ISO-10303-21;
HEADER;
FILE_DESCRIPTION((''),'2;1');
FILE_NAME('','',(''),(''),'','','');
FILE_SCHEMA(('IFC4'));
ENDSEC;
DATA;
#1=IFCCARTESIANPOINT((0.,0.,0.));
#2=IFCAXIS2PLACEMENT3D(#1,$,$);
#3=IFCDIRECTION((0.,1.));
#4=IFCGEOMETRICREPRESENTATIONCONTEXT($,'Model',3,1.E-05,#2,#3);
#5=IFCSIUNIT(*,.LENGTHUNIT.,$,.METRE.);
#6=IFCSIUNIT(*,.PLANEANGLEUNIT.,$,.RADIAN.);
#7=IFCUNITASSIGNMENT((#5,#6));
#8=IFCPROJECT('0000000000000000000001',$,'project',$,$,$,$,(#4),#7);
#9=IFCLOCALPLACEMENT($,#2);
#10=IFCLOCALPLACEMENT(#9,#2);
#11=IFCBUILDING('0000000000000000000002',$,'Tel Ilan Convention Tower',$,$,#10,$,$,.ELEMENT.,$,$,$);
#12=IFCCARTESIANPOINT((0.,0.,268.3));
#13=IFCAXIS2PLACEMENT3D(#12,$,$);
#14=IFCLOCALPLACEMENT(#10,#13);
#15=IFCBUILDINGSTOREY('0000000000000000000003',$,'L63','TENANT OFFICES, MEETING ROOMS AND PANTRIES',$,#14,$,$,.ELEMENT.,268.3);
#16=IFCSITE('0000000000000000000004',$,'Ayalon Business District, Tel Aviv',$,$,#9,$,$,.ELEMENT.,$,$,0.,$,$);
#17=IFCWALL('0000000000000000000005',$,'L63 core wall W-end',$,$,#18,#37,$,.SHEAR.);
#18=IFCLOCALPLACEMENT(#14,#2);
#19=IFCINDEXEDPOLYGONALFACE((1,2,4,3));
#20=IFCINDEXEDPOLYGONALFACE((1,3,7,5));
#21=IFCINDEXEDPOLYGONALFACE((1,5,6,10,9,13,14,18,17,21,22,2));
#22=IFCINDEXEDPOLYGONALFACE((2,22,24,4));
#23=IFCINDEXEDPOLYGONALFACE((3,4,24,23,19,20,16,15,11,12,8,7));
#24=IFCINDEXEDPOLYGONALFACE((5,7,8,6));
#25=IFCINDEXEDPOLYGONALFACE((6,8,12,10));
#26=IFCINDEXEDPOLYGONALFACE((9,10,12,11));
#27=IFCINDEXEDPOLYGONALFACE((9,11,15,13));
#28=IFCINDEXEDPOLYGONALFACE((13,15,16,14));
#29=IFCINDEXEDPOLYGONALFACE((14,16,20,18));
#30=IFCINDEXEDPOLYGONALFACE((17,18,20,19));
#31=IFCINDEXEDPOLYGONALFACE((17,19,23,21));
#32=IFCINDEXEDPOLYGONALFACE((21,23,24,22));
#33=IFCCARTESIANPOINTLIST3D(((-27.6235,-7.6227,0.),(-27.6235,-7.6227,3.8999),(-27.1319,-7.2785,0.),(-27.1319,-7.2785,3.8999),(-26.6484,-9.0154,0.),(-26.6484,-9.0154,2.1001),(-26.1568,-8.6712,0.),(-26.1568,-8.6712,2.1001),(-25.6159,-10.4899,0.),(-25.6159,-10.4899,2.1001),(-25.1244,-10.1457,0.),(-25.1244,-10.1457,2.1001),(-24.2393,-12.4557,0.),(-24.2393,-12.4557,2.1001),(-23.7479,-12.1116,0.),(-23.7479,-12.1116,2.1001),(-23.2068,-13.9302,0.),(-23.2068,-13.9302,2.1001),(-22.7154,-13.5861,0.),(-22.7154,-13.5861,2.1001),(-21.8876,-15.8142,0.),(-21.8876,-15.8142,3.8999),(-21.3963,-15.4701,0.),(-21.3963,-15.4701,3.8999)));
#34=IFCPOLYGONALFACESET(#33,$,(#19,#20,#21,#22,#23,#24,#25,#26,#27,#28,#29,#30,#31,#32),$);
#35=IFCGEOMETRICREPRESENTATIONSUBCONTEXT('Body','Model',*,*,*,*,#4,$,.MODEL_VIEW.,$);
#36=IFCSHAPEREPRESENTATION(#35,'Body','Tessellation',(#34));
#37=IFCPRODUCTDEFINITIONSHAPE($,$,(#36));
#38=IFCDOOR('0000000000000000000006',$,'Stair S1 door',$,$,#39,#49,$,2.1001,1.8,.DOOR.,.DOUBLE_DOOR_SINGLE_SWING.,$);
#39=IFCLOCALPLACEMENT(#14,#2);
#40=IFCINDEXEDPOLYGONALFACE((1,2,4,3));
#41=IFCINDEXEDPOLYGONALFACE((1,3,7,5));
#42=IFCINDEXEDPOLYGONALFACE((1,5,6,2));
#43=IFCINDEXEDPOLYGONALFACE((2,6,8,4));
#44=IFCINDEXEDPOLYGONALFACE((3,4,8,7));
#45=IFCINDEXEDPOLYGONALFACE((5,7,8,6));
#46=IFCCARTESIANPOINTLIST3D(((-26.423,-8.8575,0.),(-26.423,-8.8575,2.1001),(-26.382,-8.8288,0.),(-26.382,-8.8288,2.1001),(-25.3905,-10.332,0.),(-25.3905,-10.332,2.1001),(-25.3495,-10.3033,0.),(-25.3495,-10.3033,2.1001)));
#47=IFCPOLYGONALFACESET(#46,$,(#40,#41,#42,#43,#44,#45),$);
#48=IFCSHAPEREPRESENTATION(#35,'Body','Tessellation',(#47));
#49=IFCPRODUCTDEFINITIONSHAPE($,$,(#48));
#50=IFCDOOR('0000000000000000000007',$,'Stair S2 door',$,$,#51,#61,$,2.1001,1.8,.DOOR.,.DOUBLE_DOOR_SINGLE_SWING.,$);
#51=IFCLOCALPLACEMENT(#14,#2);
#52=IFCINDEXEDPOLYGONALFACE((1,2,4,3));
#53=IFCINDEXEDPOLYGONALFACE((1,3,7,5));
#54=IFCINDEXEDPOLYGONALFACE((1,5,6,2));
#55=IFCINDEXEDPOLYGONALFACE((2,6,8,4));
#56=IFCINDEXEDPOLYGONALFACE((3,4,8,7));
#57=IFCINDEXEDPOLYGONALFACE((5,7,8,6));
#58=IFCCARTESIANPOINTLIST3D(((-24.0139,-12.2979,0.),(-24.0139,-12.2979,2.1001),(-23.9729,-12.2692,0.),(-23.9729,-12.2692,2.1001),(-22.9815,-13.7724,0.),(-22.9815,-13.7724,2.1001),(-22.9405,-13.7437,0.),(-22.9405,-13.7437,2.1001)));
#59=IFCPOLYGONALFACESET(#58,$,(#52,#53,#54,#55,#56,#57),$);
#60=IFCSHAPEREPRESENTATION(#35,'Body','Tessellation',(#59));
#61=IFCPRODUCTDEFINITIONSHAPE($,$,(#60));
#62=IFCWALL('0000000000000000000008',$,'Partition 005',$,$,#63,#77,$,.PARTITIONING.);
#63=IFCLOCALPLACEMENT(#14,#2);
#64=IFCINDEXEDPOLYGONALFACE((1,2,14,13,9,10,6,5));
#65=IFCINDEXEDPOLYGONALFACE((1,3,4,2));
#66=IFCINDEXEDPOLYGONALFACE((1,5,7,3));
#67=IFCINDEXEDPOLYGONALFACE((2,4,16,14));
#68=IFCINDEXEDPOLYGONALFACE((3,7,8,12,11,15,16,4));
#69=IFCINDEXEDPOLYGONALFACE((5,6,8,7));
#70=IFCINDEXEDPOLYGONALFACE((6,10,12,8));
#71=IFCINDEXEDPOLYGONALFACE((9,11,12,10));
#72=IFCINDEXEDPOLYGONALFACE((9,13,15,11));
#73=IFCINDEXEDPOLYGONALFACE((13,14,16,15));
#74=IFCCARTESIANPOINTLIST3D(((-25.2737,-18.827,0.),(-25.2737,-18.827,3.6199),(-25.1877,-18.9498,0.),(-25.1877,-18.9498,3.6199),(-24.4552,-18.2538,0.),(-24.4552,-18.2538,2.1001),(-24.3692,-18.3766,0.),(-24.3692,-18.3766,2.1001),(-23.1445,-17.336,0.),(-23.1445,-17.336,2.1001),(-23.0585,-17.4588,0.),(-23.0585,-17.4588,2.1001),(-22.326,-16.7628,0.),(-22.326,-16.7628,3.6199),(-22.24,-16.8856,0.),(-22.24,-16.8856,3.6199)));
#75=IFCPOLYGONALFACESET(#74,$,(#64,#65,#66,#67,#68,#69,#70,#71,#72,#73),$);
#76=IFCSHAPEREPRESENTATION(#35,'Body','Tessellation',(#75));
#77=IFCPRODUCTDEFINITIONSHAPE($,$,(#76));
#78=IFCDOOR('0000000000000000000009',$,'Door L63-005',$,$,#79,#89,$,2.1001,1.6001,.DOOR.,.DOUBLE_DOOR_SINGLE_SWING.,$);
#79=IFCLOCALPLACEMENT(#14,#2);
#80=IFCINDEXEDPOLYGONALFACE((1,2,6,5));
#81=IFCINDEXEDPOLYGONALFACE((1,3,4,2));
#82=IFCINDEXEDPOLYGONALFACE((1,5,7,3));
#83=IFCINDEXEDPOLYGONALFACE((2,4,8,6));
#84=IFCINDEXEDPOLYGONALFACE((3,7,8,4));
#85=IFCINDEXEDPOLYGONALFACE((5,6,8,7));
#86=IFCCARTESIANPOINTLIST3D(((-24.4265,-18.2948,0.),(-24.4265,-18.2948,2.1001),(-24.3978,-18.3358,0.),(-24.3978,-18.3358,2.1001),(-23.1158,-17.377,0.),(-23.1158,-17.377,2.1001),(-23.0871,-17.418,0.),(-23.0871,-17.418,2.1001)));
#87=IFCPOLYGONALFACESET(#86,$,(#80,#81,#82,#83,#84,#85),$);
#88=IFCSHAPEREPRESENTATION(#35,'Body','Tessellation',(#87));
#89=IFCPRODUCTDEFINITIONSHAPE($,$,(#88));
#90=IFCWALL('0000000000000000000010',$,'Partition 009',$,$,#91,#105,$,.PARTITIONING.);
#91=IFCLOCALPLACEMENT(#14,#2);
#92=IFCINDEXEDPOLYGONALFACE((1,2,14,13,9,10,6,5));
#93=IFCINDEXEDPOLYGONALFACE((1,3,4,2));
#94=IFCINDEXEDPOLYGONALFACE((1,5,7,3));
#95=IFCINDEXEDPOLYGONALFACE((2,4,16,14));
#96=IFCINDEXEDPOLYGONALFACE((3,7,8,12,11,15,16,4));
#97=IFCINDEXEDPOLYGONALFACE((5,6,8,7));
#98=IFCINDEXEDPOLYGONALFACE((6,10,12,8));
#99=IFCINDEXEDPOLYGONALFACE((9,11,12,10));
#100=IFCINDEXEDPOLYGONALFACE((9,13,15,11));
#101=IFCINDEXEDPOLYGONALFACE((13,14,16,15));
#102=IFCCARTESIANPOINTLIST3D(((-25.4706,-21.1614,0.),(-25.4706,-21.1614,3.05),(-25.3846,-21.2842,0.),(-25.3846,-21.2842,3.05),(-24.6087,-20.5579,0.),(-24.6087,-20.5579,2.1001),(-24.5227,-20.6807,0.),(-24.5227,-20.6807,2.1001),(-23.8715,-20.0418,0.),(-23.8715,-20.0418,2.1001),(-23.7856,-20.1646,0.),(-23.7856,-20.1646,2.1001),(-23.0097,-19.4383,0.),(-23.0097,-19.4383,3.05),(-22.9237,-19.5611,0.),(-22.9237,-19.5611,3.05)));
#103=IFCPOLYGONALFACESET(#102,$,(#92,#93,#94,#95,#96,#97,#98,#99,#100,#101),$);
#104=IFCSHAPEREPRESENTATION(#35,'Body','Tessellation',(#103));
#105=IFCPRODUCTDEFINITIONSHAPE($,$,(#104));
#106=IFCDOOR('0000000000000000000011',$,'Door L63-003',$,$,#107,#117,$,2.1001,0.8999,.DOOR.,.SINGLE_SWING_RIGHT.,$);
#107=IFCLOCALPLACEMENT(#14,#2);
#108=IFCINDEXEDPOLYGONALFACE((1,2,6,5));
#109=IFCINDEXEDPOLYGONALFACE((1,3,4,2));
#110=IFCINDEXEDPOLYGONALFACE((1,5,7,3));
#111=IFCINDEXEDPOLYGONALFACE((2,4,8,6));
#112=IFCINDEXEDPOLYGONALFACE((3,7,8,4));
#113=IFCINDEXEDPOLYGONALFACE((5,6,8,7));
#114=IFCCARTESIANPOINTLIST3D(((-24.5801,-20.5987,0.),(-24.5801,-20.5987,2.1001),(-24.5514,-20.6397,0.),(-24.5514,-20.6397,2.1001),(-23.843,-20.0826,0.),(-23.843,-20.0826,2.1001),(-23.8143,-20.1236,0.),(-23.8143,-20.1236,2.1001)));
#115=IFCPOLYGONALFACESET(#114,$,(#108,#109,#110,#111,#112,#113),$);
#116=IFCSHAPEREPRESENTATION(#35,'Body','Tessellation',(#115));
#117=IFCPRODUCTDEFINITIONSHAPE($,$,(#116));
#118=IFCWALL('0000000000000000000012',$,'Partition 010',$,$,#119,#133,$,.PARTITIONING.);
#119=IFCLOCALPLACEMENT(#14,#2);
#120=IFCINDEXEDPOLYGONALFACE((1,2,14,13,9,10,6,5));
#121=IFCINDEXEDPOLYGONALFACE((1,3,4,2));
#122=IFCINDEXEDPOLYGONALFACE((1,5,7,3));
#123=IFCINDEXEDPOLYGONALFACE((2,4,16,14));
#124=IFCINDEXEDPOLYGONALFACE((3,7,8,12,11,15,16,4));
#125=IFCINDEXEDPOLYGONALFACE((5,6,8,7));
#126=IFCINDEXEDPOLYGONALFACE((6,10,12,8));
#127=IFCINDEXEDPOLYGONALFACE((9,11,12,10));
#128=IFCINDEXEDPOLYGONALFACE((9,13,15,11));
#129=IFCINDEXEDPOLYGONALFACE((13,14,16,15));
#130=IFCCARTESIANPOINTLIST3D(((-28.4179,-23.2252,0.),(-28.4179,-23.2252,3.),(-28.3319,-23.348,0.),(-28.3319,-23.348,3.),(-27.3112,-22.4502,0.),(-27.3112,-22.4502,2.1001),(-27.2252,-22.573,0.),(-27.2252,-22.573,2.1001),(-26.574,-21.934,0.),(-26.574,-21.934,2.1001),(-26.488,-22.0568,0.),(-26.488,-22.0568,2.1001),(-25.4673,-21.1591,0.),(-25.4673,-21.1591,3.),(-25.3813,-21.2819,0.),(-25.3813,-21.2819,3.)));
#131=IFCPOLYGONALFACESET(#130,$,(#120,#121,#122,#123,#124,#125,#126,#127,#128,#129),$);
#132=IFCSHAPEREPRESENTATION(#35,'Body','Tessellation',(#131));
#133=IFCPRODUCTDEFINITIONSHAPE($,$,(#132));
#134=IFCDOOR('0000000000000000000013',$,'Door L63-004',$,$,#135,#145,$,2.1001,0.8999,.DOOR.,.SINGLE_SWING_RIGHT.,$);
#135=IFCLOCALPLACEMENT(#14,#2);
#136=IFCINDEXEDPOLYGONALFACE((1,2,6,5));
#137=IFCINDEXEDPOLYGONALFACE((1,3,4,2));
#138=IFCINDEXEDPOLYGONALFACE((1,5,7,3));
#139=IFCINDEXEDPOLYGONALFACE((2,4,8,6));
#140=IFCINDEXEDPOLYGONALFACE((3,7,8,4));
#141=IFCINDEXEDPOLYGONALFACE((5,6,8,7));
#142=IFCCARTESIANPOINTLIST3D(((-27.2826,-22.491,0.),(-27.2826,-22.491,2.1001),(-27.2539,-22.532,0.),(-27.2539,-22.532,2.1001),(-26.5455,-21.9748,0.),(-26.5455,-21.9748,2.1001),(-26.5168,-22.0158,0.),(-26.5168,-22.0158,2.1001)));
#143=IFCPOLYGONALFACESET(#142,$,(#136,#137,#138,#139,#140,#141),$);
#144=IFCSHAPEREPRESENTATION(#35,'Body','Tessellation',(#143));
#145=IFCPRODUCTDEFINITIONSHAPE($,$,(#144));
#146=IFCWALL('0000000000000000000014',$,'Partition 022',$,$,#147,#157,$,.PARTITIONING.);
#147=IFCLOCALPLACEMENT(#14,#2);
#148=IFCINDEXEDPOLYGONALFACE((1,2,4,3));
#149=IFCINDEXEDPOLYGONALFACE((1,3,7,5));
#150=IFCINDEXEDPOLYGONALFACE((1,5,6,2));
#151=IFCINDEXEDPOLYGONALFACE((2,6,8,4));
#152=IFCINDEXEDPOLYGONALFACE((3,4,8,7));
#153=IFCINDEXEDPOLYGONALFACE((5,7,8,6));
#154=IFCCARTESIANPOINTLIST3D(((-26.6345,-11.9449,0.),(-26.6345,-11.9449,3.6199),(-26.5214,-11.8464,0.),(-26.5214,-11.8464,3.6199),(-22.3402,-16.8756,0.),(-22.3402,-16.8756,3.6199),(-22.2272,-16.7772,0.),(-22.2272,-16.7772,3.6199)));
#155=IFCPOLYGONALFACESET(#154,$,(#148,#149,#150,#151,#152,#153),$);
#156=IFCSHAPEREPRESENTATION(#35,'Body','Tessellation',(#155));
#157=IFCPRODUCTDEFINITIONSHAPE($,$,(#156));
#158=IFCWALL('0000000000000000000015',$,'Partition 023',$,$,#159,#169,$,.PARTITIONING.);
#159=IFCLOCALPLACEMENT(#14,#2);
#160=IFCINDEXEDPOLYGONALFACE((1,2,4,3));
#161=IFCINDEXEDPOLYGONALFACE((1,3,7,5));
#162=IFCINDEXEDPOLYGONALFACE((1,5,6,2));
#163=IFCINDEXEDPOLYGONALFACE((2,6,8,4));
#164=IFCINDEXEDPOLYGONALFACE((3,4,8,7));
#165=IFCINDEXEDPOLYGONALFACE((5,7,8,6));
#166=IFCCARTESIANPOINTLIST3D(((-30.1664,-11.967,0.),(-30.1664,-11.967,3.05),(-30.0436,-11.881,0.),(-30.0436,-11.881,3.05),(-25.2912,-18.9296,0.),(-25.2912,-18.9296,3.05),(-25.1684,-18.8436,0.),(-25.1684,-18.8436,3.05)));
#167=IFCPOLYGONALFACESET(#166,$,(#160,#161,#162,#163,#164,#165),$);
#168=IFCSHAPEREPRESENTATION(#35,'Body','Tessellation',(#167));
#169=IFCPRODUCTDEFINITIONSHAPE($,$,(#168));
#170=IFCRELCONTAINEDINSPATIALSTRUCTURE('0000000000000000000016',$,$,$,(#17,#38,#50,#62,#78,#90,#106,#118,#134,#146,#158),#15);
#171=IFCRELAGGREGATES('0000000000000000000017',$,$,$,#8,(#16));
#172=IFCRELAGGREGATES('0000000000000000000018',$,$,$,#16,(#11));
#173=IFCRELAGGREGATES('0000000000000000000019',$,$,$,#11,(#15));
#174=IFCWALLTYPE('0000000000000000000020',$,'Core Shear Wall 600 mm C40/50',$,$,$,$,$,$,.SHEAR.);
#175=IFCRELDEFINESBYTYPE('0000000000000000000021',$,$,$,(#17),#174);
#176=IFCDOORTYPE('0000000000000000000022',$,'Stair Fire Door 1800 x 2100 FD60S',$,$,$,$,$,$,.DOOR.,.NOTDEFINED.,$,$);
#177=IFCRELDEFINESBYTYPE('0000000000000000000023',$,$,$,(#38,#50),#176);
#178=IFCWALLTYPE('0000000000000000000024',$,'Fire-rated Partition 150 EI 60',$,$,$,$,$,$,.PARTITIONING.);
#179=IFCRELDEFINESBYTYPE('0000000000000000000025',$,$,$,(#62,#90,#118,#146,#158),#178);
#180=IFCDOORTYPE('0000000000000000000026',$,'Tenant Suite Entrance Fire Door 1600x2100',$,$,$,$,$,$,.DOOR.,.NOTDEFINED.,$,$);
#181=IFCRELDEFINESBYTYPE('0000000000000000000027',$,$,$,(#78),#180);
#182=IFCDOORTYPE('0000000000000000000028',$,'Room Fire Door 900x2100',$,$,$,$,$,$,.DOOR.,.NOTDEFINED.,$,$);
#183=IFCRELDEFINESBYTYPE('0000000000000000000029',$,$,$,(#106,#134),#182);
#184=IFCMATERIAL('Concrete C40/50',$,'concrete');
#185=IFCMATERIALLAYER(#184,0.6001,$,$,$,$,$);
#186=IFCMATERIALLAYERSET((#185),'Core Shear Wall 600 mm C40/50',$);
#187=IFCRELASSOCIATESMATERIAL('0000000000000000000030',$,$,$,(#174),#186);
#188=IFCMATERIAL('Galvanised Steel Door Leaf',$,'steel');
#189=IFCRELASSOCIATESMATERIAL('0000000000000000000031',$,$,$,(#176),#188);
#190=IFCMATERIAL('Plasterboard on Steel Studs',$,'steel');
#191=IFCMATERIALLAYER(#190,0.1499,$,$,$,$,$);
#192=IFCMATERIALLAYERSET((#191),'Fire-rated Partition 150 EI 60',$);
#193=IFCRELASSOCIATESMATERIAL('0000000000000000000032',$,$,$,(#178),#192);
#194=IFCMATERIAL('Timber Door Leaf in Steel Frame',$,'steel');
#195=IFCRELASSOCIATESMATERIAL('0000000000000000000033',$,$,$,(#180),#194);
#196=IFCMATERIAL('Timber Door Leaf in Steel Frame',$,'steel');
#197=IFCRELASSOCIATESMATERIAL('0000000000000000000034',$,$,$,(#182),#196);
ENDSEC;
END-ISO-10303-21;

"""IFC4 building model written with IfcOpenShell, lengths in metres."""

from ifc_helpers import new_model, si_unit, direction, frame, frame_2d, origin, place, context, subcontext, project, spatial, polyline, rectangle, outline, extrude, material, layer, layer_set, type_object, element, fill, save


model = new_model("IFC4")

# Units and contexts
model_context = context("Model", 3, precision=1e-05, world=origin(), true_north=direction((0.0, 1.0)))
body_context = subcontext(model_context, "Body", "Model", "MODEL_VIEW")
ifc_project = project(units=[si_unit("LENGTHUNIT", "METRE"), si_unit("PLANEANGLEUNIT", "RADIAN")], contexts=[model_context])

# Site, building, storey
site_placement = place(None, origin())
site = spatial("IfcSite", under=ifc_project, at=site_placement, Name="Ayalon Business District, Tel Aviv", CompositionType="ELEMENT", RefElevation=0.0)
building_placement = place(site_placement, origin())
building = spatial("IfcBuilding", under=site, at=building_placement, Name="Tel Ilan Convention Tower", CompositionType="ELEMENT")
storey_placement = place(building_placement, frame((0.0, 0.0, 268.3)))
storey = spatial("IfcBuildingStorey", under=building, at=storey_placement, Name="L63", Description="TENANT OFFICES, MEETING ROOMS AND PANTRIES", CompositionType="ELEMENT", Elevation=268.3)

# Wall, openings, doors
ifc_material_1 = material(Name="Concrete C40/50", Category="concrete")
ifc_layer_1 = layer(ifc_material_1, 0.6001)
ifc_layer_set_1 = layer_set([ifc_layer_1], Name="Core Shear Wall 600 mm C40/50")
wall_type_1 = type_object("IfcWallType", Name="Core Shear Wall 600 mm C40/50", PredefinedType="SHEAR", material=ifc_layer_set_1)
wall_1_placement = place(storey_placement, frame((-21.6418, -15.6421, 0.0), z_axis=(0.0, 0.0, 1.0), x_axis=(-0.573587, 0.819145, 0.0)))
wall_1 = element("IfcWall", 1, at=wall_1_placement, inside=storey, type_object=wall_type_1, Name="L63 core wall W-end", PredefinedType="SHEAR", context=body_context, shape_type="SweptSolid", body=[
    extrude(outline(polyline([(0.0, 0.3), (0.0, -0.2998), (10.0, -0.3), (10.0, 0.3), (0.0, 0.3)])), origin(), (0.0, 0.0, 1.0), 3.8999),
])
opening_1_placement = place(wall_1_placement, frame((6.5, 0.0, 0.0)))
opening_1 = element("IfcOpeningElement", 2, at=opening_1_placement, cuts=wall_1, PredefinedType="OPENING", context=body_context, shape_type="SweptSolid", body=[
    extrude(rectangle(XDim=1.8, YDim=2.1001, at=frame_2d((0.8999, 1.05))), frame((0.0, 0.3101, 0.0), z_axis=(0.0, -1.0, 0.0), x_axis=(1.0, 0.0, 0.0)), (0.0, 0.0, 1.0), 0.6201),
])
opening_2_placement = place(wall_1_placement, frame((2.3, 0.0, 0.0)))
opening_2 = element("IfcOpeningElement", 3, at=opening_2_placement, cuts=wall_1, PredefinedType="OPENING", context=body_context, shape_type="SweptSolid", body=[
    extrude(rectangle(XDim=1.8, YDim=2.1001, at=frame_2d((0.8999, 1.05))), frame((0.0, 0.3101, 0.0), z_axis=(0.0, -1.0, 0.0), x_axis=(1.0, 0.0, 0.0)), (0.0, 0.0, 1.0), 0.6201),
])
ifc_material_2 = material(Name="Galvanised Steel Door Leaf", Category="steel")
door_type_1 = type_object("IfcDoorType", Name="Stair Fire Door 1800 x 2100 FD60S", OperationType="NOTDEFINED", PredefinedType="DOOR", material=ifc_material_2)
door_1_placement = place(opening_1_placement, origin())
door_1 = element("IfcDoor", 4, at=door_1_placement, inside=storey, type_object=door_type_1, Name="Stair S1 door", OperationType="DOUBLE_DOOR_SINGLE_SWING", OverallHeight=2.1001, OverallWidth=1.8, PredefinedType="DOOR", context=body_context, shape_type="SweptSolid", body=[
    extrude(rectangle(XDim=1.8, YDim=2.1001, at=frame_2d((0.8999, 1.05))), frame((0.0, 0.0249, 0.0), z_axis=(0.0, -1.0, 0.0), x_axis=(1.0, 0.0, 0.0)), (0.0, 0.0, 1.0), 0.05),
])
fill(opening_1, door_1)
door_2_placement = place(opening_2_placement, origin())
door_2 = element("IfcDoor", 5, at=door_2_placement, inside=storey, type_object=door_type_1, Name="Stair S2 door", OperationType="DOUBLE_DOOR_SINGLE_SWING", OverallHeight=2.1001, OverallWidth=1.8, PredefinedType="DOOR", context=body_context, shape_type="SweptSolid", body=[
    extrude(rectangle(XDim=1.8, YDim=2.1001, at=frame_2d((0.8999, 1.05))), frame((0.0, 0.0249, 0.0), z_axis=(0.0, -1.0, 0.0), x_axis=(1.0, 0.0, 0.0)), (0.0, 0.0, 1.0), 0.05),
])
fill(opening_2, door_2)

# Walls, openings, doors
ifc_material_3 = material(Name="Plasterboard on Steel Studs", Category="steel")
ifc_layer_2 = layer(ifc_material_3, 0.1499)
ifc_layer_set_2 = layer_set([ifc_layer_2], Name="Fire-rated Partition 150 EI 60")
wall_type_2 = type_object("IfcWallType", Name="Fire-rated Partition 150 EI 60", PredefinedType="PARTITIONING", material=ifc_layer_set_2)
wall_2_placement = place(storey_placement, frame((-25.2307, -18.8884, 0.0), z_axis=(0.0, 0.0, 1.0), x_axis=(0.81913, 0.573608, 0.0)))
wall_2 = element("IfcWall", 6, at=wall_2_placement, inside=storey, type_object=wall_type_2, Name="Partition 005", PredefinedType="PARTITIONING", context=body_context, shape_type="SweptSolid", body=[
    extrude(rectangle(XDim=3.5986, YDim=0.1499, at=frame_2d((1.7993, 0.0))), origin(), (0.0, 0.0, 1.0), 3.6199),
])
opening_3_placement = place(wall_2_placement, frame((0.9993, 0.0, 0.0)))
opening_3 = element("IfcOpeningElement", 7, at=opening_3_placement, cuts=wall_2, PredefinedType="OPENING", context=body_context, shape_type="SweptSolid", body=[
    extrude(rectangle(XDim=1.6001, YDim=2.1001, at=frame_2d((0.8, 1.05))), frame((0.0, 0.085, 0.0), z_axis=(0.0, -1.0, 0.0), x_axis=(1.0, 0.0, 0.0)), (0.0, 0.0, 1.0), 0.1699),
])
ifc_material_4 = material(Name="Timber Door Leaf in Steel Frame", Category="steel")
door_type_2 = type_object("IfcDoorType", Name="Tenant Suite Entrance Fire Door 1600x2100", OperationType="NOTDEFINED", PredefinedType="DOOR", material=ifc_material_4)
door_3_placement = place(opening_3_placement, origin())
door_3 = element("IfcDoor", 8, at=door_3_placement, inside=storey, type_object=door_type_2, Name="Door L63-005", OperationType="DOUBLE_DOOR_SINGLE_SWING", OverallHeight=2.1001, OverallWidth=1.6001, PredefinedType="DOOR", context=body_context, shape_type="SweptSolid", body=[
    extrude(rectangle(XDim=1.6001, YDim=2.1001, at=frame_2d((0.8, 1.05))), frame((0.0, 0.0249, 0.0), z_axis=(0.0, -1.0, 0.0), x_axis=(1.0, 0.0, 0.0)), (0.0, 0.0, 1.0), 0.05),
])
fill(opening_3, door_3)
wall_3_placement = place(storey_placement, frame((-22.9668, -19.4998, 0.0), z_axis=(0.0, 0.0, 1.0), x_axis=(-0.819156, -0.573571, 0.0)))
wall_3 = element("IfcWall", 9, at=wall_3_placement, inside=storey, type_object=wall_type_2, Name="Partition 009", PredefinedType="PARTITIONING", context=body_context, shape_type="SweptSolid", body=[
    extrude(rectangle(XDim=3.0042, YDim=0.1499, at=frame_2d((1.502, 0.0))), origin(), (0.0, 0.0, 1.0), 3.05),
])
opening_4_placement = place(wall_3_placement, frame((1.052, 0.0, 0.0)))
opening_4 = element("IfcOpeningElement", 10, at=opening_4_placement, cuts=wall_3, PredefinedType="OPENING", context=body_context, shape_type="SweptSolid", body=[
    extrude(rectangle(XDim=0.8999, YDim=2.1001, at=frame_2d((0.45, 1.05))), frame((0.0, 0.085, 0.0), z_axis=(0.0, -1.0, 0.0), x_axis=(1.0, 0.0, 0.0)), (0.0, 0.0, 1.0), 0.1699),
])
ifc_material_5 = material(Name="Timber Door Leaf in Steel Frame", Category="steel")
door_type_3 = type_object("IfcDoorType", Name="Room Fire Door 900x2100", OperationType="NOTDEFINED", PredefinedType="DOOR", material=ifc_material_5)
door_4_placement = place(opening_4_placement, origin())
door_4 = element("IfcDoor", 11, at=door_4_placement, inside=storey, type_object=door_type_3, Name="Door L63-003", OperationType="SINGLE_SWING_RIGHT", OverallHeight=2.1001, OverallWidth=0.8999, PredefinedType="DOOR", context=body_context, shape_type="SweptSolid", body=[
    extrude(rectangle(XDim=0.8999, YDim=2.1001, at=frame_2d((0.45, 1.05))), frame((0.0, 0.0249, 0.0), z_axis=(0.0, -1.0, 0.0), x_axis=(1.0, 0.0, 0.0)), (0.0, 0.0, 1.0), 0.05),
])
fill(opening_4, door_4)
wall_4_placement = place(storey_placement, frame((-25.4243, -21.2205, 0.0), z_axis=(0.0, 0.0, 1.0), x_axis=(-0.819143, -0.57359, 0.0)))
wall_4 = element("IfcWall", 12, at=wall_4_placement, inside=storey, type_object=wall_type_2, Name="Partition 010", PredefinedType="PARTITIONING", context=body_context, shape_type="SweptSolid", body=[
    extrude(rectangle(XDim=3.6021, YDim=0.1499, at=frame_2d((1.801, 0.0))), origin(), (0.0, 0.0, 1.0), 3.0),
])
opening_5_placement = place(wall_4_placement, frame((1.3511, 0.0, 0.0)))
opening_5 = element("IfcOpeningElement", 13, at=opening_5_placement, cuts=wall_4, PredefinedType="OPENING", context=body_context, shape_type="SweptSolid", body=[
    extrude(rectangle(XDim=0.8999, YDim=2.1001, at=frame_2d((0.45, 1.05))), frame((0.0, 0.085, 0.0), z_axis=(0.0, -1.0, 0.0), x_axis=(1.0, 0.0, 0.0)), (0.0, 0.0, 1.0), 0.1699),
])
door_5_placement = place(opening_5_placement, origin())
door_5 = element("IfcDoor", 14, at=door_5_placement, inside=storey, type_object=door_type_3, Name="Door L63-004", OperationType="SINGLE_SWING_RIGHT", OverallHeight=2.1001, OverallWidth=0.8999, PredefinedType="DOOR", context=body_context, shape_type="SweptSolid", body=[
    extrude(rectangle(XDim=0.8999, YDim=2.1001, at=frame_2d((0.45, 1.05))), frame((0.0, 0.0249, 0.0), z_axis=(0.0, -1.0, 0.0), x_axis=(1.0, 0.0, 0.0)), (0.0, 0.0, 1.0), 0.05),
])
fill(opening_5, door_5)

# Walls
wall_5_placement = place(storey_placement, frame((-22.2837, -16.8264, 0.0), z_axis=(0.0, 0.0, 1.0), x_axis=(-0.656758, 0.754101, 0.0)))
element("IfcWall", 15, at=wall_5_placement, inside=storey, type_object=wall_type_2, Name="Partition 022", PredefinedType="PARTITIONING", context=body_context, shape_type="SweptSolid", body=[
    extrude(rectangle(XDim=6.5386, YDim=0.1499, at=frame_2d((3.2693, 0.0))), origin(), (0.0, 0.0, 1.0), 3.6199),
])
wall_6_placement = place(storey_placement, frame((-25.2297, -18.8867, 0.0), z_axis=(0.0, 0.0, 1.0), x_axis=(-0.573572, 0.819155, 0.0)))
element("IfcWall", 16, at=wall_6_placement, inside=storey, type_object=wall_type_2, Name="Partition 023", PredefinedType="PARTITIONING", context=body_context, shape_type="SweptSolid", body=[
    extrude(rectangle(XDim=8.4998, YDim=0.1499, at=frame_2d((4.25, 0.0))), origin(), (0.0, 0.0, 1.0), 3.05),
])

save(model, "model.ifc")
